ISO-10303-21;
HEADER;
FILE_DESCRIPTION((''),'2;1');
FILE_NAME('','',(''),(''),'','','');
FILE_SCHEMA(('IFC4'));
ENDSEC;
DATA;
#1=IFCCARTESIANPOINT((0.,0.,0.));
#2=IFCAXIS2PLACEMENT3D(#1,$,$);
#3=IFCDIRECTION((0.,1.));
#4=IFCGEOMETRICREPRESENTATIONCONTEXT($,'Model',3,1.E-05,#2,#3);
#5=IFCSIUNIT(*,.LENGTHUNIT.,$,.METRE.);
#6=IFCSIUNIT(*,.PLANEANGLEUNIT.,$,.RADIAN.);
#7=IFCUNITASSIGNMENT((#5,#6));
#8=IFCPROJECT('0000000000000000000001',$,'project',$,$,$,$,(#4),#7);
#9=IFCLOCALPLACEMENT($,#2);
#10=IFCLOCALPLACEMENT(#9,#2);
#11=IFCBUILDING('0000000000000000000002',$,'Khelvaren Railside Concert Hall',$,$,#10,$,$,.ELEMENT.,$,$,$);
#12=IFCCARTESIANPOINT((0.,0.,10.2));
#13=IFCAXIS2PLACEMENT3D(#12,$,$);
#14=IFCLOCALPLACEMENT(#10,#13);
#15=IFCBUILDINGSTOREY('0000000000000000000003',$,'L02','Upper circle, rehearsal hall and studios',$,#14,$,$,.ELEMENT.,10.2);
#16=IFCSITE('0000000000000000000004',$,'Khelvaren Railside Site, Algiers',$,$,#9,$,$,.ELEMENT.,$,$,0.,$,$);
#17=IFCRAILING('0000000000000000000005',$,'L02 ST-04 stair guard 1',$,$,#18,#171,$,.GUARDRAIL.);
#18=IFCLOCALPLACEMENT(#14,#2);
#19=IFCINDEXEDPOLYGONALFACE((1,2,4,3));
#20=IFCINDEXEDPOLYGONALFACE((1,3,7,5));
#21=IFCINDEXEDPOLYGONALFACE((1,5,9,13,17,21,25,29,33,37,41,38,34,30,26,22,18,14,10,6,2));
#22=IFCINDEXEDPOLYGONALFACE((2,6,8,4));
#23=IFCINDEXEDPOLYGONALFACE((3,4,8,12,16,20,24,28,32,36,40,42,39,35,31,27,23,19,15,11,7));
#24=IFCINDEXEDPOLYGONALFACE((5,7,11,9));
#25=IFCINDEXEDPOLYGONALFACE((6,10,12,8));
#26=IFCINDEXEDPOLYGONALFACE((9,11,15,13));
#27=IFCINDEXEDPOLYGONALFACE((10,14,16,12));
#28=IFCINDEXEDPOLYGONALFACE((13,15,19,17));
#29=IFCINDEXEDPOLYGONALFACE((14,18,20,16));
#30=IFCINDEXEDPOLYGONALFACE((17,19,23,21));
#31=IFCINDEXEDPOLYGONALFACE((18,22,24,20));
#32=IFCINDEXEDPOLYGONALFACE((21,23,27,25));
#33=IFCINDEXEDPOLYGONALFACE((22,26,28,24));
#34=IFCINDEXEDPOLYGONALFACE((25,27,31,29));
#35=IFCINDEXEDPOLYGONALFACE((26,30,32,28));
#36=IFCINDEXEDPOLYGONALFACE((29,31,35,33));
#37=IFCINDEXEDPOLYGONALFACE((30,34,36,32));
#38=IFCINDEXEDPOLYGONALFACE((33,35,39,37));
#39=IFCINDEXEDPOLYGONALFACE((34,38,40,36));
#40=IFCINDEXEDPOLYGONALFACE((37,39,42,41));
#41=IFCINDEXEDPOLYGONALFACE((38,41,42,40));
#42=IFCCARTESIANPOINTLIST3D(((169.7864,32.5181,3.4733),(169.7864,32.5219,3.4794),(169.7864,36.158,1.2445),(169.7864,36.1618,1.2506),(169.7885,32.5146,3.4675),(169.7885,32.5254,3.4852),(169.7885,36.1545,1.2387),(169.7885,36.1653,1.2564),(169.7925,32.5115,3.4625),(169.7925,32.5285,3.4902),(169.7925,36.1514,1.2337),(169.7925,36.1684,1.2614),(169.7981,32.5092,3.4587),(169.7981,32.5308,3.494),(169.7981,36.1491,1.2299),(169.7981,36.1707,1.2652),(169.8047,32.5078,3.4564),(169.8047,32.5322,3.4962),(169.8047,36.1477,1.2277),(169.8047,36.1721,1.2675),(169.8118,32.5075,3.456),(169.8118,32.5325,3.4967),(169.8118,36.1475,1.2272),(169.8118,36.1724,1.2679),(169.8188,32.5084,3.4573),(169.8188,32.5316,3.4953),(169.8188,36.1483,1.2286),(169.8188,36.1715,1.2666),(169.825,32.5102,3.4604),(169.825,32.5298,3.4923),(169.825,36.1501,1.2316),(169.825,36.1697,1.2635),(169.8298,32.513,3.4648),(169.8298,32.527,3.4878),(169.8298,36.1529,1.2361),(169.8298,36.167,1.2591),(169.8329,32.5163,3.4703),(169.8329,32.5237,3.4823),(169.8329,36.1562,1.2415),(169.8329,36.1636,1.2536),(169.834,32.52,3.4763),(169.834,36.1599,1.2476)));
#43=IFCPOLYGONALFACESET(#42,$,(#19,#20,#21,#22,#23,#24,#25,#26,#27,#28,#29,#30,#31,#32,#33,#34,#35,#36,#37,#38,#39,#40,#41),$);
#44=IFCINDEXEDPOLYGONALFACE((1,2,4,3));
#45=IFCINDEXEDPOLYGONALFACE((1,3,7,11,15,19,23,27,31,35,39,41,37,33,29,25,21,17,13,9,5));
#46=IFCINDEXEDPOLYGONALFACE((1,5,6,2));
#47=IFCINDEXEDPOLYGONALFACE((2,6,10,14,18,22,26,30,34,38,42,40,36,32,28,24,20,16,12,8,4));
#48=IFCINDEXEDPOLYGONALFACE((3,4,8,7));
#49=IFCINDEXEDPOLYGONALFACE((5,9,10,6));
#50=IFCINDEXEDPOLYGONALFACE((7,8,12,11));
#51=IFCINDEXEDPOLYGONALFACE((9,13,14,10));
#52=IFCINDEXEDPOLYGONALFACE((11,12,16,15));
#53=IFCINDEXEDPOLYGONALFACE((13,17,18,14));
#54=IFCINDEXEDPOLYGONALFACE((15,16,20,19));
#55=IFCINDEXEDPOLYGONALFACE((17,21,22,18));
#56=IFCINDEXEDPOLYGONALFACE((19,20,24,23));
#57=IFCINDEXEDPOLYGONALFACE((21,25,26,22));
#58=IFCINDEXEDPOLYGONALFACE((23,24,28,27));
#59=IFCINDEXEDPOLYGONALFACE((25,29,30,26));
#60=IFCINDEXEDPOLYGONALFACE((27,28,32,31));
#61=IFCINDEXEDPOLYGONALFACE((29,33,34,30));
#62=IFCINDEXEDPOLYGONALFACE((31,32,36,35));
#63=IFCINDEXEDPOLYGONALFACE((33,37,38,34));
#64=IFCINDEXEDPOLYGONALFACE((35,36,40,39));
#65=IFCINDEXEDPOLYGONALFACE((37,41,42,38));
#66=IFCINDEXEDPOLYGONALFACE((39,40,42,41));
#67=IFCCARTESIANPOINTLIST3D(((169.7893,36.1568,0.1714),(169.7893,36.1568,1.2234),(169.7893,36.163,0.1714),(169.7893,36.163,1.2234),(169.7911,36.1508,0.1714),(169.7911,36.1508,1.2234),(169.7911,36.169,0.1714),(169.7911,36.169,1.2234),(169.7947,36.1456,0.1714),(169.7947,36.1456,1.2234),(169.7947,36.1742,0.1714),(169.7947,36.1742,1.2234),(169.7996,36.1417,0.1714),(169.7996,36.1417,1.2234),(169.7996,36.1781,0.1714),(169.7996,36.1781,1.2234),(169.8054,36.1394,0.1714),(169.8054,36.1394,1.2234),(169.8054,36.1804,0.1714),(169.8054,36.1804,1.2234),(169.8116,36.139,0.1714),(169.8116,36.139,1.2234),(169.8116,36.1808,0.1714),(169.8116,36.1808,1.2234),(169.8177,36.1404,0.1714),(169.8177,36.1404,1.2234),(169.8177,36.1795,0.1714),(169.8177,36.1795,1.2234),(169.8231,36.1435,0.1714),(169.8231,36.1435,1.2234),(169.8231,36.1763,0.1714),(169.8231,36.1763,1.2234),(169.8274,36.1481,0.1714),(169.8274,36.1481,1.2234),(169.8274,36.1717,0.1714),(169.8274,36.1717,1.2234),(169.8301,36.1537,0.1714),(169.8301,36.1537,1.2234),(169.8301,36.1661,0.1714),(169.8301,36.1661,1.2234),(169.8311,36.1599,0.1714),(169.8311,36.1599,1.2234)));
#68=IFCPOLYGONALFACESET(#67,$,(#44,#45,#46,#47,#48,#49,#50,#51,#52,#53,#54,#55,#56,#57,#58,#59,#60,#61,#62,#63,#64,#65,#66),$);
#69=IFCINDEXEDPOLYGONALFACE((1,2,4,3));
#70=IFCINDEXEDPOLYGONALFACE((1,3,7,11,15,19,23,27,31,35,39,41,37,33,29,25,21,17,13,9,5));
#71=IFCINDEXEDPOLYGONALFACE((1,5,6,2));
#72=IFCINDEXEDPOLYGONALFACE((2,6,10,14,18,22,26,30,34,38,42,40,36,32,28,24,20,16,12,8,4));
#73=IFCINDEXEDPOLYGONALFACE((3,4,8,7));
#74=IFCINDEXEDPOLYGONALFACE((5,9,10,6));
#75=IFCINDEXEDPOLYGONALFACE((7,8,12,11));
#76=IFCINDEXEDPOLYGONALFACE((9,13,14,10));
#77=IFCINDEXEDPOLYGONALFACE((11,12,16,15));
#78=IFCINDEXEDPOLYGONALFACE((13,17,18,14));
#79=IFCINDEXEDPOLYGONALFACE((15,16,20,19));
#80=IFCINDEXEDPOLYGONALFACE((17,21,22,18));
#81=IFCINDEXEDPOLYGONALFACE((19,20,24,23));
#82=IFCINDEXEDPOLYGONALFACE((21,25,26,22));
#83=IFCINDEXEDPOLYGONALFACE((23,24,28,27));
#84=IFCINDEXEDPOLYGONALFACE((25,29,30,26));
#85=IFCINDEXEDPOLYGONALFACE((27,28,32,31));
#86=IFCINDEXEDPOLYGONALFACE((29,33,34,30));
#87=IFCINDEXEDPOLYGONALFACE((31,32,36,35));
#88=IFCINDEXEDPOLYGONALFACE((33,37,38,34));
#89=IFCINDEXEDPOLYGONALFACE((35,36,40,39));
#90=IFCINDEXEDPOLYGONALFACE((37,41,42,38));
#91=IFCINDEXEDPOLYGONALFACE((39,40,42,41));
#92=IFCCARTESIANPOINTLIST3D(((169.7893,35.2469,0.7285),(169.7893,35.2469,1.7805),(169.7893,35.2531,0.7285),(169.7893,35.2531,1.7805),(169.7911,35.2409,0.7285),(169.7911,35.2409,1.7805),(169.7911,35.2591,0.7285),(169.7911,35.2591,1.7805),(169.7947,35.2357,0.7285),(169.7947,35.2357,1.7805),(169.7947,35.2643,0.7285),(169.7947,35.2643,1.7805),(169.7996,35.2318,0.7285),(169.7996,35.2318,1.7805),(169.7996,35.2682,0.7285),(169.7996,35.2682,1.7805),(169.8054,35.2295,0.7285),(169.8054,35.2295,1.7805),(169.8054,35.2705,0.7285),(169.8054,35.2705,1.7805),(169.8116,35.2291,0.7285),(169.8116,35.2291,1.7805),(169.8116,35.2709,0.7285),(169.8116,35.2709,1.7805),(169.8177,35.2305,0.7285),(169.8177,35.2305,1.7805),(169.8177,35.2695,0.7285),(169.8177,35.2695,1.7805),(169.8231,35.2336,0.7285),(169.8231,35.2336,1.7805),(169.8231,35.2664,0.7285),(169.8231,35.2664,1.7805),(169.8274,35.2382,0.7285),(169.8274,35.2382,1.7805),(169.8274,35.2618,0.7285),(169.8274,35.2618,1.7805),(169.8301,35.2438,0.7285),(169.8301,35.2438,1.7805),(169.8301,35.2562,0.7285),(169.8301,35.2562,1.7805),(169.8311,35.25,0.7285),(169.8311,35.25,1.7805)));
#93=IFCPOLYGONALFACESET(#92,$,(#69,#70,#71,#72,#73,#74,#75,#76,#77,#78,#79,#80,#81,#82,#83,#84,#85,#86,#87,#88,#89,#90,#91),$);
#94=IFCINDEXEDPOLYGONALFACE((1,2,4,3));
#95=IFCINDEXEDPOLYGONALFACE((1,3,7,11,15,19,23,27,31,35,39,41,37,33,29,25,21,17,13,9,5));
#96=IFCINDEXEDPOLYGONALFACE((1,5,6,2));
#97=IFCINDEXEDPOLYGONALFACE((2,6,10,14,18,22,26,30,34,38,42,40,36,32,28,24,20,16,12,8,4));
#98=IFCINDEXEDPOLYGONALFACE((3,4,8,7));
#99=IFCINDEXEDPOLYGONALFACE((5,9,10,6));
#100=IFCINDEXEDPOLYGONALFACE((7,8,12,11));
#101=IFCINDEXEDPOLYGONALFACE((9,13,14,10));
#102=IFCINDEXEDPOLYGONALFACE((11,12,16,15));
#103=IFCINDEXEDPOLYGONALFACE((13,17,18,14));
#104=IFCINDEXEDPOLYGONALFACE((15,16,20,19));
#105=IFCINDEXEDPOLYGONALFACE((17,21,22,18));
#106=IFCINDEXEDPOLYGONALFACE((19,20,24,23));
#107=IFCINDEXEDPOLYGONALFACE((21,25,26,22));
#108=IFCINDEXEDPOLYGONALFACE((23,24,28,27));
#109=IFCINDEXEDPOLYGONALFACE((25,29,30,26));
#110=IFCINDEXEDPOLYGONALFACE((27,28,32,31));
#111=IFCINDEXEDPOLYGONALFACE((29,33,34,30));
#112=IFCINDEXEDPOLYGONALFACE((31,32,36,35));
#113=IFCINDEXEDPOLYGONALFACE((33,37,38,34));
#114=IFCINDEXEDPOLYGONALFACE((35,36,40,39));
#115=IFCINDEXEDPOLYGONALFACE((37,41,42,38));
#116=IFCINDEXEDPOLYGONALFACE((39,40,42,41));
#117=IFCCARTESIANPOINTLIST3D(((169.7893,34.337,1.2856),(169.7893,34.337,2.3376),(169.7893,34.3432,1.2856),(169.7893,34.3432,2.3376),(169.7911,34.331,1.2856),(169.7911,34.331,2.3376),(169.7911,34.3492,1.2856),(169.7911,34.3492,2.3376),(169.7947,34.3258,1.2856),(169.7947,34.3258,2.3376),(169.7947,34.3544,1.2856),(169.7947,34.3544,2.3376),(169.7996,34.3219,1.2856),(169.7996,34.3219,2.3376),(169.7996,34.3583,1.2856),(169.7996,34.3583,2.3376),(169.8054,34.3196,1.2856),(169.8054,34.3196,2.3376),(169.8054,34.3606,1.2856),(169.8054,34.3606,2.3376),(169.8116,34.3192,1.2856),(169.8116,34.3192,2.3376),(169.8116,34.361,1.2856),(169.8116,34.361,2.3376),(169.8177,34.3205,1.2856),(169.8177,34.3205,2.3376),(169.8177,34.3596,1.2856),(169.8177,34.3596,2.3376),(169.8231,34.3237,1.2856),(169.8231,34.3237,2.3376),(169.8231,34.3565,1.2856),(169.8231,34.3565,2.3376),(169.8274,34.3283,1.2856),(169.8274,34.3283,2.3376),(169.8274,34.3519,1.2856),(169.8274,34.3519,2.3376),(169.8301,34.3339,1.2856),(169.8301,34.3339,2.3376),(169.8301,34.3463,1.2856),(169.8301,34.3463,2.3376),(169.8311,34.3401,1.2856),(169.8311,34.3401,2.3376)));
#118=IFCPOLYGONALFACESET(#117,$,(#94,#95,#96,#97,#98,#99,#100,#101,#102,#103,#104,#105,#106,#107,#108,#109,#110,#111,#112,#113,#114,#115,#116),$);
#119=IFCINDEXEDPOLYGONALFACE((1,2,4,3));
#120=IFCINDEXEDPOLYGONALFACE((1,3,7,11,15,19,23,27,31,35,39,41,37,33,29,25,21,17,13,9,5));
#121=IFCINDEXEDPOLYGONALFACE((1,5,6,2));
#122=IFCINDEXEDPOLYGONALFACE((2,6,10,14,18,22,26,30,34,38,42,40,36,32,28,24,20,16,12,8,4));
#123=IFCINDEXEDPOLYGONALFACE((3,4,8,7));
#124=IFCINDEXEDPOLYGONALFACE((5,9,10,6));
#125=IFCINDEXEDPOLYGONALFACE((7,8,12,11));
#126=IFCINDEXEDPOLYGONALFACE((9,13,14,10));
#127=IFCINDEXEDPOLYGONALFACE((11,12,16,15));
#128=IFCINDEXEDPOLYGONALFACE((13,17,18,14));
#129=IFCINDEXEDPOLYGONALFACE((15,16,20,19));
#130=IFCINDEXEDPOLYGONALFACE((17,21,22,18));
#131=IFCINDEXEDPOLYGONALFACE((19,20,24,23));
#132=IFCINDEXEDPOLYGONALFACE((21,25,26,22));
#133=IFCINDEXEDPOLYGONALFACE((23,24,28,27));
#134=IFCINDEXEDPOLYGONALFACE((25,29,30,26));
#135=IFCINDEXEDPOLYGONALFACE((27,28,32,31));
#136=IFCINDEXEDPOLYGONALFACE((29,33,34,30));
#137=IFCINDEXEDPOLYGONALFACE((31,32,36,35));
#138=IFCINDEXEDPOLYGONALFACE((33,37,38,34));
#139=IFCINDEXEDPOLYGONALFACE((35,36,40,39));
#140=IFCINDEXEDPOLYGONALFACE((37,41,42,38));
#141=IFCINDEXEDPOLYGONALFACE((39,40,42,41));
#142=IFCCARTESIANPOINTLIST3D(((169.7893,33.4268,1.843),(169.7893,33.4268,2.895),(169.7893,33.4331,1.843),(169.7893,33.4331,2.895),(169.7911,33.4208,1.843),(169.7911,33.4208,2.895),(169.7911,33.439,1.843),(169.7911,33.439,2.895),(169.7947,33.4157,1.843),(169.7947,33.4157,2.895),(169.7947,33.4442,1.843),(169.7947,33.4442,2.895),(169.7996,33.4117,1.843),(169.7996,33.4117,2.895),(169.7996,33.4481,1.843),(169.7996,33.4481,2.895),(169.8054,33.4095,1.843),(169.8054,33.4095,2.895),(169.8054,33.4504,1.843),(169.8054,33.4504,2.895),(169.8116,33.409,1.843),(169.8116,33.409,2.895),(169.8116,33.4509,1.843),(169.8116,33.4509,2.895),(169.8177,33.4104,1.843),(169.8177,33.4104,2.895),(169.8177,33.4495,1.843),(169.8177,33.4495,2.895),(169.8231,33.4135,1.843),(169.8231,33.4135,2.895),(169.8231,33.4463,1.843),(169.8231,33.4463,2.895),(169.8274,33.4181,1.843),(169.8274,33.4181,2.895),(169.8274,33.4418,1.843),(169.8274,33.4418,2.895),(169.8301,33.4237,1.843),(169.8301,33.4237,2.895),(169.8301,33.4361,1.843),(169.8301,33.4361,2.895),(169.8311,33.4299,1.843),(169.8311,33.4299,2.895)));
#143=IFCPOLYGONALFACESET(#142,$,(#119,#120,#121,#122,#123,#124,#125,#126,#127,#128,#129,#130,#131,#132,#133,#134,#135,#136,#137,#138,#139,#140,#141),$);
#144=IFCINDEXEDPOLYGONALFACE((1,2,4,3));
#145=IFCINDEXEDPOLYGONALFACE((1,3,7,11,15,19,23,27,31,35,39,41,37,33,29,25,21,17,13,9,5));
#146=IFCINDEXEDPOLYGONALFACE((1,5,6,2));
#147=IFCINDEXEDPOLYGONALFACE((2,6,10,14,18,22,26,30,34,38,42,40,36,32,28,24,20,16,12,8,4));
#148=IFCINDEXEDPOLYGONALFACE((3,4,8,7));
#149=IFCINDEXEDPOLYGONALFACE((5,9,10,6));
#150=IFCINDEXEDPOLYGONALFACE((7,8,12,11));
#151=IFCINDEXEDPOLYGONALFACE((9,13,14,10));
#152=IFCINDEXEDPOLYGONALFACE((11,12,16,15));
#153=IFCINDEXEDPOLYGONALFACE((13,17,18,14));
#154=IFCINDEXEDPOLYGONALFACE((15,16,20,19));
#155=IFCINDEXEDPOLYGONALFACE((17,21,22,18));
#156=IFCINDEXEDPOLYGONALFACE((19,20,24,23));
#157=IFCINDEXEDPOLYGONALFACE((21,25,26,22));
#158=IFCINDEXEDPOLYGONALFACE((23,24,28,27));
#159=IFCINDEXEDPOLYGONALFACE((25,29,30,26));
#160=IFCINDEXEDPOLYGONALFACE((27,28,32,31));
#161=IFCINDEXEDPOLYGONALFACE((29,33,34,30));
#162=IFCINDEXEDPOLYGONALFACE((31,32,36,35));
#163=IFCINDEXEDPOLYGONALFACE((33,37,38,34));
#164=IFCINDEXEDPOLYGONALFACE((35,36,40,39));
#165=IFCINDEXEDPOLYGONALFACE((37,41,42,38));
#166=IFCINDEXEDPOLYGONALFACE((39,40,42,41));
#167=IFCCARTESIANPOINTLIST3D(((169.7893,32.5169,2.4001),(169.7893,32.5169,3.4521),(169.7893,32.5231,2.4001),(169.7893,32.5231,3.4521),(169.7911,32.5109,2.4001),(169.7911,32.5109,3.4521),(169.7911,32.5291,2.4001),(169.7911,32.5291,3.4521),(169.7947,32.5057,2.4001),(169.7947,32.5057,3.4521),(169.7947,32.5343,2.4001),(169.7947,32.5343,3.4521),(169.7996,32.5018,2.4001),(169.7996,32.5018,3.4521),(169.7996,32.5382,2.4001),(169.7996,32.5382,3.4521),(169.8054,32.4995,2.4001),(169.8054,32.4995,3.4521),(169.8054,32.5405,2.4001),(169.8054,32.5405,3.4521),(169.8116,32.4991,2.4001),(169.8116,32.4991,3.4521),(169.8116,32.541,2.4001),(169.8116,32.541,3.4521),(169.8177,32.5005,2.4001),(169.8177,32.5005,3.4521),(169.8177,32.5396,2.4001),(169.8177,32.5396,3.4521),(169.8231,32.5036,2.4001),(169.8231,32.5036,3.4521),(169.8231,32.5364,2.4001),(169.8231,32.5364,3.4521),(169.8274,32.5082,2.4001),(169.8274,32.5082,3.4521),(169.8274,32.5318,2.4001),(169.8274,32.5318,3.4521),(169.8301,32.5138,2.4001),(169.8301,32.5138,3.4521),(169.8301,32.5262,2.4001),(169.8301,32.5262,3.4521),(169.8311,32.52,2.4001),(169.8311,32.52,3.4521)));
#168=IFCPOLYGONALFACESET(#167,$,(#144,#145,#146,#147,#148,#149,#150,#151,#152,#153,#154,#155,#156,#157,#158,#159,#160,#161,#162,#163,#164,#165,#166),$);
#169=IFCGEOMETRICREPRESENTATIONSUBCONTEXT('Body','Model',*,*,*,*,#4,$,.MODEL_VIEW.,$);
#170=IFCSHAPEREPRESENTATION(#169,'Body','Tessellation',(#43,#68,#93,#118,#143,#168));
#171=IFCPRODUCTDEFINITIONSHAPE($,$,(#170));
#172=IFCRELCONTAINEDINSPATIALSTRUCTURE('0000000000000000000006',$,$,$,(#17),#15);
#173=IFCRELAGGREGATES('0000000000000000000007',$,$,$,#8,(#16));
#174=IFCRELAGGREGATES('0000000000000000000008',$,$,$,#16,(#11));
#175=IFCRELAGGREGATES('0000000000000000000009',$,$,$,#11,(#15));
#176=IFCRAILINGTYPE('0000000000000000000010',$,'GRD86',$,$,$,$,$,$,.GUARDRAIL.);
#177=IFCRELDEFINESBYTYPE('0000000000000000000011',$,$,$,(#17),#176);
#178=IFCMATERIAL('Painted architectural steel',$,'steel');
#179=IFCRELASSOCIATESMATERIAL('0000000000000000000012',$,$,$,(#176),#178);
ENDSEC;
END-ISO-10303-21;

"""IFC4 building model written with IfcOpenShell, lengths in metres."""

from ifc_helpers import new_model, si_unit, direction, frame, origin, origin_2d, place, context, subcontext, project, spatial, circle, extrude, material, type_object, element, save


model = new_model("IFC4")

# Units and contexts
model_context = context("Model", 3, precision=1e-05, world=origin(), true_north=direction((0.0, 1.0)))
body_context = subcontext(model_context, "Body", "Model", "MODEL_VIEW")
ifc_project = project(units=[si_unit("LENGTHUNIT", "METRE"), si_unit("PLANEANGLEUNIT", "RADIAN")], contexts=[model_context])

# Site, building, storey
site_placement = place(None, origin())
site = spatial("IfcSite", under=ifc_project, at=site_placement, Name="Khelvaren Railside Site, Algiers", CompositionType="ELEMENT", RefElevation=0.0)
building_placement = place(site_placement, origin())
building = spatial("IfcBuilding", under=site, at=building_placement, Name="Khelvaren Railside Concert Hall", CompositionType="ELEMENT")
storey_placement = place(building_placement, frame((0.0, 0.0, 10.2)))
storey = spatial("IfcBuildingStorey", under=building, at=storey_placement, Name="L02", Description="Upper circle, rehearsal hall and studios", CompositionType="ELEMENT", Elevation=10.2)

# Railing
ifc_material_1 = material(Name="Painted architectural steel", Category="steel")
railing_type_1 = type_object("IfcRailingType", Name="GRD86", PredefinedType="GUARDRAIL", material=ifc_material_1)
railing_1_placement = place(storey_placement, frame((169.8101, 36.1599, 0.1714)))
element("IfcRailing", 1, at=railing_1_placement, inside=storey, type_object=railing_type_1, Name="L02 ST-04 stair guard 1", PredefinedType="GUARDRAIL", context=body_context, shape_type="SweptSolid", body=[
    extrude(circle(Radius=0.0239, at=origin_2d()), frame((0.0, 0.0, 1.0762), z_axis=(0.0, -0.852825, 0.522197), x_axis=(1.0, 0.0, 0.0)), (0.0, 0.0, 1.0), 4.2681),
    extrude(circle(Radius=0.021, at=origin_2d()), origin(), (0.0, 0.0, 1.0), 1.052),
    extrude(circle(Radius=0.021, at=origin_2d()), frame((0.0, -0.9099, 0.5571)), (0.0, 0.0, 1.0), 1.052),
    extrude(circle(Radius=0.021, at=origin_2d()), frame((0.0, -1.8198, 1.1143)), (0.0, 0.0, 1.0), 1.052),
    extrude(circle(Radius=0.021, at=origin_2d()), frame((0.0, -2.73, 1.6716)), (0.0, 0.0, 1.0), 1.052),
    extrude(circle(Radius=0.021, at=origin_2d()), frame((0.0, -3.6399, 2.2288)), (0.0, 0.0, 1.0), 1.052),
])

save(model, "model.ifc")
